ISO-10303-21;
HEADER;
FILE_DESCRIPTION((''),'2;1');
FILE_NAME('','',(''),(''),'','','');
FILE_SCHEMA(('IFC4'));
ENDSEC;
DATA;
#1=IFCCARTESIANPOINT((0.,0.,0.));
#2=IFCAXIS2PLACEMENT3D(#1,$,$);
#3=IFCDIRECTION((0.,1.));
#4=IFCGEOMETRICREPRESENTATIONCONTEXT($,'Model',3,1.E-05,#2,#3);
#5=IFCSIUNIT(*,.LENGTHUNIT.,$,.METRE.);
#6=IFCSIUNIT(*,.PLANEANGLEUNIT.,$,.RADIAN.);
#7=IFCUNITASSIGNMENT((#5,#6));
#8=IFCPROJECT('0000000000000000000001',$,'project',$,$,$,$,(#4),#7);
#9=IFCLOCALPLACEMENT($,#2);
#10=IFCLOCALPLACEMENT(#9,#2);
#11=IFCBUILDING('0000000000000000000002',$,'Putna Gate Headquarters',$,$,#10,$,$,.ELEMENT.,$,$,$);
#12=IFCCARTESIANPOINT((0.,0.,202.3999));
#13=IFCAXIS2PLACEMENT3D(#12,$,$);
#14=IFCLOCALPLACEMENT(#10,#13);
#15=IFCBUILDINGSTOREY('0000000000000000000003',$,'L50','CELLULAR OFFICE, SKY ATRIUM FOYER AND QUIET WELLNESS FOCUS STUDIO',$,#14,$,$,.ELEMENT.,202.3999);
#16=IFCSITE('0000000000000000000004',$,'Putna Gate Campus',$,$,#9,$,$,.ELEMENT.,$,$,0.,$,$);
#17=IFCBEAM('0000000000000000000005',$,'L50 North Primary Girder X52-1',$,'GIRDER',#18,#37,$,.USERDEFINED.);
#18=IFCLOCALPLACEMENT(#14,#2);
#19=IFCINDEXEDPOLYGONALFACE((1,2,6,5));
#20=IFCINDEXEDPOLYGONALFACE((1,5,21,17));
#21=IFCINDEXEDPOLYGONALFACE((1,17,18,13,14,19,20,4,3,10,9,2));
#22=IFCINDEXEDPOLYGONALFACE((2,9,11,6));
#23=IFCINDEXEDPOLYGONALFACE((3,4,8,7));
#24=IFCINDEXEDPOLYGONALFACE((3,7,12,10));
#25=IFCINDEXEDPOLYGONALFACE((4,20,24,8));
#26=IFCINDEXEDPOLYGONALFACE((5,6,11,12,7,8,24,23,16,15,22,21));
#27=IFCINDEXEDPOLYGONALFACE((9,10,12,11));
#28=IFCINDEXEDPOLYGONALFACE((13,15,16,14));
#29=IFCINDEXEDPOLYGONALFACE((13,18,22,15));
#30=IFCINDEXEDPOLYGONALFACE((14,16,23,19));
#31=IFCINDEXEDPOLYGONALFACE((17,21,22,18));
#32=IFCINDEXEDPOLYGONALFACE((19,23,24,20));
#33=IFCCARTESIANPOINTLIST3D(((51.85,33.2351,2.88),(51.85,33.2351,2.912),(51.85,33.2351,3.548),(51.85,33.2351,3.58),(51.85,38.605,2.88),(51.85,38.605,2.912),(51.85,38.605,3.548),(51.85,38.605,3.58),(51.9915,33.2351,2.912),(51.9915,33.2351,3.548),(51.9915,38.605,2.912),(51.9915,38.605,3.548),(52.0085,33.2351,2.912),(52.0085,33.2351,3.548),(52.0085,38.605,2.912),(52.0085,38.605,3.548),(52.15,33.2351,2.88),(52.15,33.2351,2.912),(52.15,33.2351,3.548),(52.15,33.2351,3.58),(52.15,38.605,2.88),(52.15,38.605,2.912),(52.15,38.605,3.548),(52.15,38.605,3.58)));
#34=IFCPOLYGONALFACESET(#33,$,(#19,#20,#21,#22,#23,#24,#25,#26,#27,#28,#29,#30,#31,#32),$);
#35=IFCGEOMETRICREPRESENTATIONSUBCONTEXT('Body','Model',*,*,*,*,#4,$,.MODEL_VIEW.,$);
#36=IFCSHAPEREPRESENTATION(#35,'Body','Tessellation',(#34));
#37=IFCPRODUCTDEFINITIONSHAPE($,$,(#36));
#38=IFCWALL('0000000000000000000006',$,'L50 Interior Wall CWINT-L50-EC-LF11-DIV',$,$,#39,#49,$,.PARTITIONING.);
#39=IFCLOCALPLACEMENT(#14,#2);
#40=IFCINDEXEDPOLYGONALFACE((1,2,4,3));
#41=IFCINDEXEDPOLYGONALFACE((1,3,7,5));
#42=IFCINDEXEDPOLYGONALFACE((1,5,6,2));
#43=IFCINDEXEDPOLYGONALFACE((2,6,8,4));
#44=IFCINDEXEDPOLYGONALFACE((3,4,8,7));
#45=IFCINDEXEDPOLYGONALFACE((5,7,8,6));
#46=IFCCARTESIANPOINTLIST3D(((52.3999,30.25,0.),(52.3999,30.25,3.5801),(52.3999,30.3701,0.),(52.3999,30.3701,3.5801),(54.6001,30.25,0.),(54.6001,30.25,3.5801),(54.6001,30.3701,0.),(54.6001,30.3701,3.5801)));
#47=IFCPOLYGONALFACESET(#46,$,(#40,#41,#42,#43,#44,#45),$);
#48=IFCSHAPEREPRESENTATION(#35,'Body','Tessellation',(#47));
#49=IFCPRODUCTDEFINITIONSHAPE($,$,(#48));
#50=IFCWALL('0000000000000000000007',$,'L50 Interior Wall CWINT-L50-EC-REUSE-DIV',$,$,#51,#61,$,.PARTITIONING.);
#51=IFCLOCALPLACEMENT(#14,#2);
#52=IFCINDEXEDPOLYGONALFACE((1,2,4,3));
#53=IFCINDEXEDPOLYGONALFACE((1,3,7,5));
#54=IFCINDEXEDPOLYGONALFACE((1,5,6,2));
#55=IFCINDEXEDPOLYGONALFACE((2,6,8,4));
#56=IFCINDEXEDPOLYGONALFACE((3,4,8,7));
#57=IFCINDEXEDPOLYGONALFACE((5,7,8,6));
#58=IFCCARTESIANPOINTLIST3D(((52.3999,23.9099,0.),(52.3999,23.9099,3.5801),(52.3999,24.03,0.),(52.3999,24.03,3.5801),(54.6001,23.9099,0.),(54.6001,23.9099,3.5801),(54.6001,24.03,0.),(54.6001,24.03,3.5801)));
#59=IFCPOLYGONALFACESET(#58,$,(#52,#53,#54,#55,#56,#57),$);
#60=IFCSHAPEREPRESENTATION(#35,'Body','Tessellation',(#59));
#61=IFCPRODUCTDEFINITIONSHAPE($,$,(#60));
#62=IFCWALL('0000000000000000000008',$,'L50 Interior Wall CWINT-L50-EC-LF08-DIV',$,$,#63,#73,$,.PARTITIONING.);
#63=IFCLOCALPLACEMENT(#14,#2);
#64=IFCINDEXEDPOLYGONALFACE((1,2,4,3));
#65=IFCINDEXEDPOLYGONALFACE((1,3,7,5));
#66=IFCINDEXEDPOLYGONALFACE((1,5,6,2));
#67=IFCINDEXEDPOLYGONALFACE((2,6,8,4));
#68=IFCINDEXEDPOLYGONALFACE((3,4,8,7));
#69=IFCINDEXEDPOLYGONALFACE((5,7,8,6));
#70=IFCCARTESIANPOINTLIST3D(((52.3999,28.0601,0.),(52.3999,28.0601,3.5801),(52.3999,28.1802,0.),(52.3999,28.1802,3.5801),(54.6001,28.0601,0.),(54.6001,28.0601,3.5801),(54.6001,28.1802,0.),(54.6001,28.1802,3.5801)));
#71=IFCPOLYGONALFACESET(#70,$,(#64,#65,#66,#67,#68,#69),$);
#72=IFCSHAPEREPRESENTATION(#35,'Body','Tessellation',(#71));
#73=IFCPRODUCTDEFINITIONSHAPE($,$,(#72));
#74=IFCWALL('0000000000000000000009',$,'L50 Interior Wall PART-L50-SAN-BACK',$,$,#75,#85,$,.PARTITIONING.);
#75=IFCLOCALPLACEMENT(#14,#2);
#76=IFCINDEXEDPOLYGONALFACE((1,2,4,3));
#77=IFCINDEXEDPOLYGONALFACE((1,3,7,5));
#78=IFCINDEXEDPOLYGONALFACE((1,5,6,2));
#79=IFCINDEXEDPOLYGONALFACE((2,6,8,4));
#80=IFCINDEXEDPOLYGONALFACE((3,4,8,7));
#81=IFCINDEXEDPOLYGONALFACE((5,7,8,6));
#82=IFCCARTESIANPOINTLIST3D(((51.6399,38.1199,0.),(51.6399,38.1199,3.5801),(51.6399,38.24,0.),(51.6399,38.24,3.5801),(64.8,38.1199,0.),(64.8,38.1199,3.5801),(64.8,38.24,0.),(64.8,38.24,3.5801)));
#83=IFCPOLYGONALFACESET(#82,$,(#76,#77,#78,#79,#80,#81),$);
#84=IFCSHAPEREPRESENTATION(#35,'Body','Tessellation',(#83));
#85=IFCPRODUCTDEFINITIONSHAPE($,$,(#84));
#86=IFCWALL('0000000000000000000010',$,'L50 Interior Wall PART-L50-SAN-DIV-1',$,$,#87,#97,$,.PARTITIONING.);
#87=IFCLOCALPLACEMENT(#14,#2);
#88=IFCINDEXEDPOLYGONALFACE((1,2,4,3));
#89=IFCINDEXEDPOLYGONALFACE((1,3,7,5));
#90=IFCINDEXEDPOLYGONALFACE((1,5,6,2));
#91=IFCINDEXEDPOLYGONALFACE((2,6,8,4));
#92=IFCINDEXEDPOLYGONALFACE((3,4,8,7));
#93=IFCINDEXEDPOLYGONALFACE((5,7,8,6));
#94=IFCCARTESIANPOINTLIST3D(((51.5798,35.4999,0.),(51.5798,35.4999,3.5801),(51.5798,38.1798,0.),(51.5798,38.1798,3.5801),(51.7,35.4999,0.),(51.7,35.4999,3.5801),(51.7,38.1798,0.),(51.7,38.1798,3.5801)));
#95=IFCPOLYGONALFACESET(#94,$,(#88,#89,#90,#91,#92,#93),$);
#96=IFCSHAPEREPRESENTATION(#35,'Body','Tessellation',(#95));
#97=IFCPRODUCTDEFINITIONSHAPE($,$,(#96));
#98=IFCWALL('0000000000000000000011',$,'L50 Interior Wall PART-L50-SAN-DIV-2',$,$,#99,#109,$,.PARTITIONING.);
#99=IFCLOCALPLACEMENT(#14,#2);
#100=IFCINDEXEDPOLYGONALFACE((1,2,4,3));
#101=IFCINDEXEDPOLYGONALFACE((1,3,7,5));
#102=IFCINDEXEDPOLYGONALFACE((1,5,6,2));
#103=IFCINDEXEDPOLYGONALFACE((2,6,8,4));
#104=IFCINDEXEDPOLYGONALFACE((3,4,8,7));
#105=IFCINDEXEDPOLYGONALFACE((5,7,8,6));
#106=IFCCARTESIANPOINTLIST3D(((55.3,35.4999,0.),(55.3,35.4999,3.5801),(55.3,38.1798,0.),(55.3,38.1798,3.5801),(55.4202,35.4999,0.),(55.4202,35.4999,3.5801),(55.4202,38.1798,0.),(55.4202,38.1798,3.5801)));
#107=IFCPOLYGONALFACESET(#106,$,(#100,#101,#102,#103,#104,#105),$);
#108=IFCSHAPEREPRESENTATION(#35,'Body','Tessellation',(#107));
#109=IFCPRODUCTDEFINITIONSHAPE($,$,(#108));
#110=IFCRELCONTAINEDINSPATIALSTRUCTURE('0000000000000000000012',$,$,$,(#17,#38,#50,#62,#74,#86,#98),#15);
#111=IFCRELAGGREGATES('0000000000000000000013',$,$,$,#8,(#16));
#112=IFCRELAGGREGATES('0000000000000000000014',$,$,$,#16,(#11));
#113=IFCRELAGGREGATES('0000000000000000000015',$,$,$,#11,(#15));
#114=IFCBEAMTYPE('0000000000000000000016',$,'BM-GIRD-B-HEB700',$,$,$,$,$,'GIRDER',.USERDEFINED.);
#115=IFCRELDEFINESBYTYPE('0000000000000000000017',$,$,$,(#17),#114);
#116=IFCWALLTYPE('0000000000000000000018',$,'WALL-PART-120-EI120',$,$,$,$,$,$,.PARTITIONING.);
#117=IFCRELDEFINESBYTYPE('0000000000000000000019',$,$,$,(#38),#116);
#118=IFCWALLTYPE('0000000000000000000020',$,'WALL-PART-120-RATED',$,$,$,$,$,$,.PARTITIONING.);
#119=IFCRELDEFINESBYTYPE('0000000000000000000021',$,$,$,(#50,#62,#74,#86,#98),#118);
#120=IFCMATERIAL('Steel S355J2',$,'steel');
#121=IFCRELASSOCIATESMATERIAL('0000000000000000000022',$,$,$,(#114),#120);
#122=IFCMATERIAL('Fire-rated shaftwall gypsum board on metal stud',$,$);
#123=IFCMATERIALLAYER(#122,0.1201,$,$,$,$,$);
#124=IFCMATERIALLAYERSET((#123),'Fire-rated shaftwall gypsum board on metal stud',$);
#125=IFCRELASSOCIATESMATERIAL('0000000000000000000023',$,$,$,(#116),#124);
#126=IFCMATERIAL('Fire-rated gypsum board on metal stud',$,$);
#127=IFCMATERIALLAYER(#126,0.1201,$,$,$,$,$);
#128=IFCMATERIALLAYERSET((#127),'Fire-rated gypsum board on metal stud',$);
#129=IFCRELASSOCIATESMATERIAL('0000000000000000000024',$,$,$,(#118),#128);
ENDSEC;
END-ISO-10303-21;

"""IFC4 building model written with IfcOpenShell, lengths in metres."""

from ifc_helpers import new_model, si_unit, direction, frame, frame_2d, origin, origin_2d, place, context, subcontext, project, spatial, rectangle, i_section, extrude, material, layer, layer_set, material_profile, profile_set, type_object, element, save


model = new_model("IFC4")

# Units and contexts
model_context = context("Model", 3, precision=1e-05, world=origin(), true_north=direction((0.0, 1.0)))
body_context = subcontext(model_context, "Body", "Model", "MODEL_VIEW")
ifc_project = project(units=[si_unit("LENGTHUNIT", "METRE"), si_unit("PLANEANGLEUNIT", "RADIAN")], contexts=[model_context])

# Site, building, storey
site_placement = place(None, origin())
site = spatial("IfcSite", under=ifc_project, at=site_placement, Name="Putna Gate Campus", CompositionType="ELEMENT", RefElevation=0.0)
building_placement = place(site_placement, origin())
building = spatial("IfcBuilding", under=site, at=building_placement, Name="Putna Gate Headquarters", CompositionType="ELEMENT")
storey_placement = place(building_placement, frame((0.0, 0.0, 202.3999)))
storey = spatial("IfcBuildingStorey", under=building, at=storey_placement, Name="L50", Description="CELLULAR OFFICE, SKY ATRIUM FOYER AND QUIET WELLNESS FOCUS STUDIO", CompositionType="ELEMENT", Elevation=202.3999)

# Beam
ifc_material_1 = material(Name="Steel S355J2", Category="steel")
ifc_material_profile = material_profile(ifc_material_1, i_section(OverallWidth=0.3, OverallDepth=0.7, WebThickness=0.0171, FlangeThickness=0.032, at=origin_2d()), Name="Steel S355J2")
ifc_profile_set = profile_set([ifc_material_profile], Name="Steel S355J2")
beam_type = type_object("IfcBeamType", Name="BM-GIRD-B-HEB700", ElementType="GIRDER", PredefinedType="USERDEFINED", material=ifc_profile_set)
beam_placement = place(storey_placement, frame((52.0, 33.2351, 3.23), z_axis=(0.0, 1.0, 0.0), x_axis=(-1.0, 0.0, 0.0)))
element("IfcBeam", 1, at=beam_placement, inside=storey, type_object=beam_type, Name="L50 North Primary Girder X52-1", ObjectType="GIRDER", PredefinedType="USERDEFINED", context=body_context, shape_type="SweptSolid", body=[
    extrude(i_section(OverallWidth=0.3, OverallDepth=0.7, WebThickness=0.0171, FlangeThickness=0.032, at=origin_2d()), origin(), (0.0, 0.0, 1.0), 5.3699),
])

# Walls
ifc_material_2 = material(Name="Fire-rated shaftwall gypsum board on metal stud")
ifc_layer_1 = layer(ifc_material_2, 0.1201)
ifc_layer_set_1 = layer_set([ifc_layer_1], Name="Fire-rated shaftwall gypsum board on metal stud")
wall_type_1 = type_object("IfcWallType", Name="WALL-PART-120-EI120", PredefinedType="PARTITIONING", material=ifc_layer_set_1)
wall_1_placement = place(storey_placement, frame((52.3999, 30.3101, 0.0), z_axis=(0.0, 0.0, 1.0), x_axis=(1.0, 0.0, 0.0)))
element("IfcWall", 2, at=wall_1_placement, inside=storey, type_object=wall_type_1, Name="L50 Interior Wall CWINT-L50-EC-LF11-DIV", PredefinedType="PARTITIONING", context=body_context, shape_type="SweptSolid", body=[
    extrude(rectangle(XDim=2.2002, YDim=0.1201, at=frame_2d((1.1001, 0.0))), origin(), (0.0, 0.0, 1.0), 3.5801),
])
ifc_material_3 = material(Name="Fire-rated gypsum board on metal stud")
ifc_layer_2 = layer(ifc_material_3, 0.1201)
ifc_layer_set_2 = layer_set([ifc_layer_2], Name="Fire-rated gypsum board on metal stud")
wall_type_2 = type_object("IfcWallType", Name="WALL-PART-120-RATED", PredefinedType="PARTITIONING", material=ifc_layer_set_2)
for number, where, z_axis, x_axis, name in (
    (3, (52.3999, 23.97, 0.0), (0.0, 0.0, 1.0), (1.0, 0.0, 0.0), "L50 Interior Wall CWINT-L50-EC-REUSE-DIV"),
    (4, (52.3999, 28.1201, 0.0), (0.0, 0.0, 1.0), (1.0, 0.0, 0.0), "L50 Interior Wall CWINT-L50-EC-LF08-DIV"),
):
    element("IfcWall", number, at=place(storey_placement, frame(where, z_axis=z_axis, x_axis=x_axis)), inside=storey, type_object=wall_type_2, Name=name, PredefinedType="PARTITIONING", context=body_context, shape_type="SweptSolid", body=[
        extrude(rectangle(XDim=2.2002, YDim=0.1201, at=frame_2d((1.1001, 0.0))), origin(), (0.0, 0.0, 1.0), 3.5801),
    ])

# Walls
wall_2_placement = place(storey_placement, frame((51.6399, 38.1799, 0.0), z_axis=(0.0, 0.0, 1.0), x_axis=(1.0, 0.0, 0.0)))
element("IfcWall", 5, at=wall_2_placement, inside=storey, type_object=wall_type_2, Name="L50 Interior Wall PART-L50-SAN-BACK", PredefinedType="PARTITIONING", context=body_context, shape_type="SweptSolid", body=[
    extrude(rectangle(XDim=13.1602, YDim=0.1201, at=frame_2d((6.5801, 0.0))), origin(), (0.0, 0.0, 1.0), 3.5801),
])
for number, where, z_axis, x_axis, name in (
    (6, (51.6399, 35.5, 0.0), (0.0, 0.0, 1.0), (0.0, 1.0, 0.0), "L50 Interior Wall PART-L50-SAN-DIV-1"),
    (7, (55.3601, 35.5, 0.0), (0.0, 0.0, 1.0), (0.0, 1.0, 0.0), "L50 Interior Wall PART-L50-SAN-DIV-2"),
):
    element("IfcWall", number, at=place(storey_placement, frame(where, z_axis=z_axis, x_axis=x_axis)), inside=storey, type_object=wall_type_2, Name=name, PredefinedType="PARTITIONING", context=body_context, shape_type="SweptSolid", body=[
        extrude(rectangle(XDim=2.6799, YDim=0.1201, at=frame_2d((1.3398, 0.0))), origin(), (0.0, 0.0, 1.0), 3.5801),
    ])

save(model, "model.ifc")
